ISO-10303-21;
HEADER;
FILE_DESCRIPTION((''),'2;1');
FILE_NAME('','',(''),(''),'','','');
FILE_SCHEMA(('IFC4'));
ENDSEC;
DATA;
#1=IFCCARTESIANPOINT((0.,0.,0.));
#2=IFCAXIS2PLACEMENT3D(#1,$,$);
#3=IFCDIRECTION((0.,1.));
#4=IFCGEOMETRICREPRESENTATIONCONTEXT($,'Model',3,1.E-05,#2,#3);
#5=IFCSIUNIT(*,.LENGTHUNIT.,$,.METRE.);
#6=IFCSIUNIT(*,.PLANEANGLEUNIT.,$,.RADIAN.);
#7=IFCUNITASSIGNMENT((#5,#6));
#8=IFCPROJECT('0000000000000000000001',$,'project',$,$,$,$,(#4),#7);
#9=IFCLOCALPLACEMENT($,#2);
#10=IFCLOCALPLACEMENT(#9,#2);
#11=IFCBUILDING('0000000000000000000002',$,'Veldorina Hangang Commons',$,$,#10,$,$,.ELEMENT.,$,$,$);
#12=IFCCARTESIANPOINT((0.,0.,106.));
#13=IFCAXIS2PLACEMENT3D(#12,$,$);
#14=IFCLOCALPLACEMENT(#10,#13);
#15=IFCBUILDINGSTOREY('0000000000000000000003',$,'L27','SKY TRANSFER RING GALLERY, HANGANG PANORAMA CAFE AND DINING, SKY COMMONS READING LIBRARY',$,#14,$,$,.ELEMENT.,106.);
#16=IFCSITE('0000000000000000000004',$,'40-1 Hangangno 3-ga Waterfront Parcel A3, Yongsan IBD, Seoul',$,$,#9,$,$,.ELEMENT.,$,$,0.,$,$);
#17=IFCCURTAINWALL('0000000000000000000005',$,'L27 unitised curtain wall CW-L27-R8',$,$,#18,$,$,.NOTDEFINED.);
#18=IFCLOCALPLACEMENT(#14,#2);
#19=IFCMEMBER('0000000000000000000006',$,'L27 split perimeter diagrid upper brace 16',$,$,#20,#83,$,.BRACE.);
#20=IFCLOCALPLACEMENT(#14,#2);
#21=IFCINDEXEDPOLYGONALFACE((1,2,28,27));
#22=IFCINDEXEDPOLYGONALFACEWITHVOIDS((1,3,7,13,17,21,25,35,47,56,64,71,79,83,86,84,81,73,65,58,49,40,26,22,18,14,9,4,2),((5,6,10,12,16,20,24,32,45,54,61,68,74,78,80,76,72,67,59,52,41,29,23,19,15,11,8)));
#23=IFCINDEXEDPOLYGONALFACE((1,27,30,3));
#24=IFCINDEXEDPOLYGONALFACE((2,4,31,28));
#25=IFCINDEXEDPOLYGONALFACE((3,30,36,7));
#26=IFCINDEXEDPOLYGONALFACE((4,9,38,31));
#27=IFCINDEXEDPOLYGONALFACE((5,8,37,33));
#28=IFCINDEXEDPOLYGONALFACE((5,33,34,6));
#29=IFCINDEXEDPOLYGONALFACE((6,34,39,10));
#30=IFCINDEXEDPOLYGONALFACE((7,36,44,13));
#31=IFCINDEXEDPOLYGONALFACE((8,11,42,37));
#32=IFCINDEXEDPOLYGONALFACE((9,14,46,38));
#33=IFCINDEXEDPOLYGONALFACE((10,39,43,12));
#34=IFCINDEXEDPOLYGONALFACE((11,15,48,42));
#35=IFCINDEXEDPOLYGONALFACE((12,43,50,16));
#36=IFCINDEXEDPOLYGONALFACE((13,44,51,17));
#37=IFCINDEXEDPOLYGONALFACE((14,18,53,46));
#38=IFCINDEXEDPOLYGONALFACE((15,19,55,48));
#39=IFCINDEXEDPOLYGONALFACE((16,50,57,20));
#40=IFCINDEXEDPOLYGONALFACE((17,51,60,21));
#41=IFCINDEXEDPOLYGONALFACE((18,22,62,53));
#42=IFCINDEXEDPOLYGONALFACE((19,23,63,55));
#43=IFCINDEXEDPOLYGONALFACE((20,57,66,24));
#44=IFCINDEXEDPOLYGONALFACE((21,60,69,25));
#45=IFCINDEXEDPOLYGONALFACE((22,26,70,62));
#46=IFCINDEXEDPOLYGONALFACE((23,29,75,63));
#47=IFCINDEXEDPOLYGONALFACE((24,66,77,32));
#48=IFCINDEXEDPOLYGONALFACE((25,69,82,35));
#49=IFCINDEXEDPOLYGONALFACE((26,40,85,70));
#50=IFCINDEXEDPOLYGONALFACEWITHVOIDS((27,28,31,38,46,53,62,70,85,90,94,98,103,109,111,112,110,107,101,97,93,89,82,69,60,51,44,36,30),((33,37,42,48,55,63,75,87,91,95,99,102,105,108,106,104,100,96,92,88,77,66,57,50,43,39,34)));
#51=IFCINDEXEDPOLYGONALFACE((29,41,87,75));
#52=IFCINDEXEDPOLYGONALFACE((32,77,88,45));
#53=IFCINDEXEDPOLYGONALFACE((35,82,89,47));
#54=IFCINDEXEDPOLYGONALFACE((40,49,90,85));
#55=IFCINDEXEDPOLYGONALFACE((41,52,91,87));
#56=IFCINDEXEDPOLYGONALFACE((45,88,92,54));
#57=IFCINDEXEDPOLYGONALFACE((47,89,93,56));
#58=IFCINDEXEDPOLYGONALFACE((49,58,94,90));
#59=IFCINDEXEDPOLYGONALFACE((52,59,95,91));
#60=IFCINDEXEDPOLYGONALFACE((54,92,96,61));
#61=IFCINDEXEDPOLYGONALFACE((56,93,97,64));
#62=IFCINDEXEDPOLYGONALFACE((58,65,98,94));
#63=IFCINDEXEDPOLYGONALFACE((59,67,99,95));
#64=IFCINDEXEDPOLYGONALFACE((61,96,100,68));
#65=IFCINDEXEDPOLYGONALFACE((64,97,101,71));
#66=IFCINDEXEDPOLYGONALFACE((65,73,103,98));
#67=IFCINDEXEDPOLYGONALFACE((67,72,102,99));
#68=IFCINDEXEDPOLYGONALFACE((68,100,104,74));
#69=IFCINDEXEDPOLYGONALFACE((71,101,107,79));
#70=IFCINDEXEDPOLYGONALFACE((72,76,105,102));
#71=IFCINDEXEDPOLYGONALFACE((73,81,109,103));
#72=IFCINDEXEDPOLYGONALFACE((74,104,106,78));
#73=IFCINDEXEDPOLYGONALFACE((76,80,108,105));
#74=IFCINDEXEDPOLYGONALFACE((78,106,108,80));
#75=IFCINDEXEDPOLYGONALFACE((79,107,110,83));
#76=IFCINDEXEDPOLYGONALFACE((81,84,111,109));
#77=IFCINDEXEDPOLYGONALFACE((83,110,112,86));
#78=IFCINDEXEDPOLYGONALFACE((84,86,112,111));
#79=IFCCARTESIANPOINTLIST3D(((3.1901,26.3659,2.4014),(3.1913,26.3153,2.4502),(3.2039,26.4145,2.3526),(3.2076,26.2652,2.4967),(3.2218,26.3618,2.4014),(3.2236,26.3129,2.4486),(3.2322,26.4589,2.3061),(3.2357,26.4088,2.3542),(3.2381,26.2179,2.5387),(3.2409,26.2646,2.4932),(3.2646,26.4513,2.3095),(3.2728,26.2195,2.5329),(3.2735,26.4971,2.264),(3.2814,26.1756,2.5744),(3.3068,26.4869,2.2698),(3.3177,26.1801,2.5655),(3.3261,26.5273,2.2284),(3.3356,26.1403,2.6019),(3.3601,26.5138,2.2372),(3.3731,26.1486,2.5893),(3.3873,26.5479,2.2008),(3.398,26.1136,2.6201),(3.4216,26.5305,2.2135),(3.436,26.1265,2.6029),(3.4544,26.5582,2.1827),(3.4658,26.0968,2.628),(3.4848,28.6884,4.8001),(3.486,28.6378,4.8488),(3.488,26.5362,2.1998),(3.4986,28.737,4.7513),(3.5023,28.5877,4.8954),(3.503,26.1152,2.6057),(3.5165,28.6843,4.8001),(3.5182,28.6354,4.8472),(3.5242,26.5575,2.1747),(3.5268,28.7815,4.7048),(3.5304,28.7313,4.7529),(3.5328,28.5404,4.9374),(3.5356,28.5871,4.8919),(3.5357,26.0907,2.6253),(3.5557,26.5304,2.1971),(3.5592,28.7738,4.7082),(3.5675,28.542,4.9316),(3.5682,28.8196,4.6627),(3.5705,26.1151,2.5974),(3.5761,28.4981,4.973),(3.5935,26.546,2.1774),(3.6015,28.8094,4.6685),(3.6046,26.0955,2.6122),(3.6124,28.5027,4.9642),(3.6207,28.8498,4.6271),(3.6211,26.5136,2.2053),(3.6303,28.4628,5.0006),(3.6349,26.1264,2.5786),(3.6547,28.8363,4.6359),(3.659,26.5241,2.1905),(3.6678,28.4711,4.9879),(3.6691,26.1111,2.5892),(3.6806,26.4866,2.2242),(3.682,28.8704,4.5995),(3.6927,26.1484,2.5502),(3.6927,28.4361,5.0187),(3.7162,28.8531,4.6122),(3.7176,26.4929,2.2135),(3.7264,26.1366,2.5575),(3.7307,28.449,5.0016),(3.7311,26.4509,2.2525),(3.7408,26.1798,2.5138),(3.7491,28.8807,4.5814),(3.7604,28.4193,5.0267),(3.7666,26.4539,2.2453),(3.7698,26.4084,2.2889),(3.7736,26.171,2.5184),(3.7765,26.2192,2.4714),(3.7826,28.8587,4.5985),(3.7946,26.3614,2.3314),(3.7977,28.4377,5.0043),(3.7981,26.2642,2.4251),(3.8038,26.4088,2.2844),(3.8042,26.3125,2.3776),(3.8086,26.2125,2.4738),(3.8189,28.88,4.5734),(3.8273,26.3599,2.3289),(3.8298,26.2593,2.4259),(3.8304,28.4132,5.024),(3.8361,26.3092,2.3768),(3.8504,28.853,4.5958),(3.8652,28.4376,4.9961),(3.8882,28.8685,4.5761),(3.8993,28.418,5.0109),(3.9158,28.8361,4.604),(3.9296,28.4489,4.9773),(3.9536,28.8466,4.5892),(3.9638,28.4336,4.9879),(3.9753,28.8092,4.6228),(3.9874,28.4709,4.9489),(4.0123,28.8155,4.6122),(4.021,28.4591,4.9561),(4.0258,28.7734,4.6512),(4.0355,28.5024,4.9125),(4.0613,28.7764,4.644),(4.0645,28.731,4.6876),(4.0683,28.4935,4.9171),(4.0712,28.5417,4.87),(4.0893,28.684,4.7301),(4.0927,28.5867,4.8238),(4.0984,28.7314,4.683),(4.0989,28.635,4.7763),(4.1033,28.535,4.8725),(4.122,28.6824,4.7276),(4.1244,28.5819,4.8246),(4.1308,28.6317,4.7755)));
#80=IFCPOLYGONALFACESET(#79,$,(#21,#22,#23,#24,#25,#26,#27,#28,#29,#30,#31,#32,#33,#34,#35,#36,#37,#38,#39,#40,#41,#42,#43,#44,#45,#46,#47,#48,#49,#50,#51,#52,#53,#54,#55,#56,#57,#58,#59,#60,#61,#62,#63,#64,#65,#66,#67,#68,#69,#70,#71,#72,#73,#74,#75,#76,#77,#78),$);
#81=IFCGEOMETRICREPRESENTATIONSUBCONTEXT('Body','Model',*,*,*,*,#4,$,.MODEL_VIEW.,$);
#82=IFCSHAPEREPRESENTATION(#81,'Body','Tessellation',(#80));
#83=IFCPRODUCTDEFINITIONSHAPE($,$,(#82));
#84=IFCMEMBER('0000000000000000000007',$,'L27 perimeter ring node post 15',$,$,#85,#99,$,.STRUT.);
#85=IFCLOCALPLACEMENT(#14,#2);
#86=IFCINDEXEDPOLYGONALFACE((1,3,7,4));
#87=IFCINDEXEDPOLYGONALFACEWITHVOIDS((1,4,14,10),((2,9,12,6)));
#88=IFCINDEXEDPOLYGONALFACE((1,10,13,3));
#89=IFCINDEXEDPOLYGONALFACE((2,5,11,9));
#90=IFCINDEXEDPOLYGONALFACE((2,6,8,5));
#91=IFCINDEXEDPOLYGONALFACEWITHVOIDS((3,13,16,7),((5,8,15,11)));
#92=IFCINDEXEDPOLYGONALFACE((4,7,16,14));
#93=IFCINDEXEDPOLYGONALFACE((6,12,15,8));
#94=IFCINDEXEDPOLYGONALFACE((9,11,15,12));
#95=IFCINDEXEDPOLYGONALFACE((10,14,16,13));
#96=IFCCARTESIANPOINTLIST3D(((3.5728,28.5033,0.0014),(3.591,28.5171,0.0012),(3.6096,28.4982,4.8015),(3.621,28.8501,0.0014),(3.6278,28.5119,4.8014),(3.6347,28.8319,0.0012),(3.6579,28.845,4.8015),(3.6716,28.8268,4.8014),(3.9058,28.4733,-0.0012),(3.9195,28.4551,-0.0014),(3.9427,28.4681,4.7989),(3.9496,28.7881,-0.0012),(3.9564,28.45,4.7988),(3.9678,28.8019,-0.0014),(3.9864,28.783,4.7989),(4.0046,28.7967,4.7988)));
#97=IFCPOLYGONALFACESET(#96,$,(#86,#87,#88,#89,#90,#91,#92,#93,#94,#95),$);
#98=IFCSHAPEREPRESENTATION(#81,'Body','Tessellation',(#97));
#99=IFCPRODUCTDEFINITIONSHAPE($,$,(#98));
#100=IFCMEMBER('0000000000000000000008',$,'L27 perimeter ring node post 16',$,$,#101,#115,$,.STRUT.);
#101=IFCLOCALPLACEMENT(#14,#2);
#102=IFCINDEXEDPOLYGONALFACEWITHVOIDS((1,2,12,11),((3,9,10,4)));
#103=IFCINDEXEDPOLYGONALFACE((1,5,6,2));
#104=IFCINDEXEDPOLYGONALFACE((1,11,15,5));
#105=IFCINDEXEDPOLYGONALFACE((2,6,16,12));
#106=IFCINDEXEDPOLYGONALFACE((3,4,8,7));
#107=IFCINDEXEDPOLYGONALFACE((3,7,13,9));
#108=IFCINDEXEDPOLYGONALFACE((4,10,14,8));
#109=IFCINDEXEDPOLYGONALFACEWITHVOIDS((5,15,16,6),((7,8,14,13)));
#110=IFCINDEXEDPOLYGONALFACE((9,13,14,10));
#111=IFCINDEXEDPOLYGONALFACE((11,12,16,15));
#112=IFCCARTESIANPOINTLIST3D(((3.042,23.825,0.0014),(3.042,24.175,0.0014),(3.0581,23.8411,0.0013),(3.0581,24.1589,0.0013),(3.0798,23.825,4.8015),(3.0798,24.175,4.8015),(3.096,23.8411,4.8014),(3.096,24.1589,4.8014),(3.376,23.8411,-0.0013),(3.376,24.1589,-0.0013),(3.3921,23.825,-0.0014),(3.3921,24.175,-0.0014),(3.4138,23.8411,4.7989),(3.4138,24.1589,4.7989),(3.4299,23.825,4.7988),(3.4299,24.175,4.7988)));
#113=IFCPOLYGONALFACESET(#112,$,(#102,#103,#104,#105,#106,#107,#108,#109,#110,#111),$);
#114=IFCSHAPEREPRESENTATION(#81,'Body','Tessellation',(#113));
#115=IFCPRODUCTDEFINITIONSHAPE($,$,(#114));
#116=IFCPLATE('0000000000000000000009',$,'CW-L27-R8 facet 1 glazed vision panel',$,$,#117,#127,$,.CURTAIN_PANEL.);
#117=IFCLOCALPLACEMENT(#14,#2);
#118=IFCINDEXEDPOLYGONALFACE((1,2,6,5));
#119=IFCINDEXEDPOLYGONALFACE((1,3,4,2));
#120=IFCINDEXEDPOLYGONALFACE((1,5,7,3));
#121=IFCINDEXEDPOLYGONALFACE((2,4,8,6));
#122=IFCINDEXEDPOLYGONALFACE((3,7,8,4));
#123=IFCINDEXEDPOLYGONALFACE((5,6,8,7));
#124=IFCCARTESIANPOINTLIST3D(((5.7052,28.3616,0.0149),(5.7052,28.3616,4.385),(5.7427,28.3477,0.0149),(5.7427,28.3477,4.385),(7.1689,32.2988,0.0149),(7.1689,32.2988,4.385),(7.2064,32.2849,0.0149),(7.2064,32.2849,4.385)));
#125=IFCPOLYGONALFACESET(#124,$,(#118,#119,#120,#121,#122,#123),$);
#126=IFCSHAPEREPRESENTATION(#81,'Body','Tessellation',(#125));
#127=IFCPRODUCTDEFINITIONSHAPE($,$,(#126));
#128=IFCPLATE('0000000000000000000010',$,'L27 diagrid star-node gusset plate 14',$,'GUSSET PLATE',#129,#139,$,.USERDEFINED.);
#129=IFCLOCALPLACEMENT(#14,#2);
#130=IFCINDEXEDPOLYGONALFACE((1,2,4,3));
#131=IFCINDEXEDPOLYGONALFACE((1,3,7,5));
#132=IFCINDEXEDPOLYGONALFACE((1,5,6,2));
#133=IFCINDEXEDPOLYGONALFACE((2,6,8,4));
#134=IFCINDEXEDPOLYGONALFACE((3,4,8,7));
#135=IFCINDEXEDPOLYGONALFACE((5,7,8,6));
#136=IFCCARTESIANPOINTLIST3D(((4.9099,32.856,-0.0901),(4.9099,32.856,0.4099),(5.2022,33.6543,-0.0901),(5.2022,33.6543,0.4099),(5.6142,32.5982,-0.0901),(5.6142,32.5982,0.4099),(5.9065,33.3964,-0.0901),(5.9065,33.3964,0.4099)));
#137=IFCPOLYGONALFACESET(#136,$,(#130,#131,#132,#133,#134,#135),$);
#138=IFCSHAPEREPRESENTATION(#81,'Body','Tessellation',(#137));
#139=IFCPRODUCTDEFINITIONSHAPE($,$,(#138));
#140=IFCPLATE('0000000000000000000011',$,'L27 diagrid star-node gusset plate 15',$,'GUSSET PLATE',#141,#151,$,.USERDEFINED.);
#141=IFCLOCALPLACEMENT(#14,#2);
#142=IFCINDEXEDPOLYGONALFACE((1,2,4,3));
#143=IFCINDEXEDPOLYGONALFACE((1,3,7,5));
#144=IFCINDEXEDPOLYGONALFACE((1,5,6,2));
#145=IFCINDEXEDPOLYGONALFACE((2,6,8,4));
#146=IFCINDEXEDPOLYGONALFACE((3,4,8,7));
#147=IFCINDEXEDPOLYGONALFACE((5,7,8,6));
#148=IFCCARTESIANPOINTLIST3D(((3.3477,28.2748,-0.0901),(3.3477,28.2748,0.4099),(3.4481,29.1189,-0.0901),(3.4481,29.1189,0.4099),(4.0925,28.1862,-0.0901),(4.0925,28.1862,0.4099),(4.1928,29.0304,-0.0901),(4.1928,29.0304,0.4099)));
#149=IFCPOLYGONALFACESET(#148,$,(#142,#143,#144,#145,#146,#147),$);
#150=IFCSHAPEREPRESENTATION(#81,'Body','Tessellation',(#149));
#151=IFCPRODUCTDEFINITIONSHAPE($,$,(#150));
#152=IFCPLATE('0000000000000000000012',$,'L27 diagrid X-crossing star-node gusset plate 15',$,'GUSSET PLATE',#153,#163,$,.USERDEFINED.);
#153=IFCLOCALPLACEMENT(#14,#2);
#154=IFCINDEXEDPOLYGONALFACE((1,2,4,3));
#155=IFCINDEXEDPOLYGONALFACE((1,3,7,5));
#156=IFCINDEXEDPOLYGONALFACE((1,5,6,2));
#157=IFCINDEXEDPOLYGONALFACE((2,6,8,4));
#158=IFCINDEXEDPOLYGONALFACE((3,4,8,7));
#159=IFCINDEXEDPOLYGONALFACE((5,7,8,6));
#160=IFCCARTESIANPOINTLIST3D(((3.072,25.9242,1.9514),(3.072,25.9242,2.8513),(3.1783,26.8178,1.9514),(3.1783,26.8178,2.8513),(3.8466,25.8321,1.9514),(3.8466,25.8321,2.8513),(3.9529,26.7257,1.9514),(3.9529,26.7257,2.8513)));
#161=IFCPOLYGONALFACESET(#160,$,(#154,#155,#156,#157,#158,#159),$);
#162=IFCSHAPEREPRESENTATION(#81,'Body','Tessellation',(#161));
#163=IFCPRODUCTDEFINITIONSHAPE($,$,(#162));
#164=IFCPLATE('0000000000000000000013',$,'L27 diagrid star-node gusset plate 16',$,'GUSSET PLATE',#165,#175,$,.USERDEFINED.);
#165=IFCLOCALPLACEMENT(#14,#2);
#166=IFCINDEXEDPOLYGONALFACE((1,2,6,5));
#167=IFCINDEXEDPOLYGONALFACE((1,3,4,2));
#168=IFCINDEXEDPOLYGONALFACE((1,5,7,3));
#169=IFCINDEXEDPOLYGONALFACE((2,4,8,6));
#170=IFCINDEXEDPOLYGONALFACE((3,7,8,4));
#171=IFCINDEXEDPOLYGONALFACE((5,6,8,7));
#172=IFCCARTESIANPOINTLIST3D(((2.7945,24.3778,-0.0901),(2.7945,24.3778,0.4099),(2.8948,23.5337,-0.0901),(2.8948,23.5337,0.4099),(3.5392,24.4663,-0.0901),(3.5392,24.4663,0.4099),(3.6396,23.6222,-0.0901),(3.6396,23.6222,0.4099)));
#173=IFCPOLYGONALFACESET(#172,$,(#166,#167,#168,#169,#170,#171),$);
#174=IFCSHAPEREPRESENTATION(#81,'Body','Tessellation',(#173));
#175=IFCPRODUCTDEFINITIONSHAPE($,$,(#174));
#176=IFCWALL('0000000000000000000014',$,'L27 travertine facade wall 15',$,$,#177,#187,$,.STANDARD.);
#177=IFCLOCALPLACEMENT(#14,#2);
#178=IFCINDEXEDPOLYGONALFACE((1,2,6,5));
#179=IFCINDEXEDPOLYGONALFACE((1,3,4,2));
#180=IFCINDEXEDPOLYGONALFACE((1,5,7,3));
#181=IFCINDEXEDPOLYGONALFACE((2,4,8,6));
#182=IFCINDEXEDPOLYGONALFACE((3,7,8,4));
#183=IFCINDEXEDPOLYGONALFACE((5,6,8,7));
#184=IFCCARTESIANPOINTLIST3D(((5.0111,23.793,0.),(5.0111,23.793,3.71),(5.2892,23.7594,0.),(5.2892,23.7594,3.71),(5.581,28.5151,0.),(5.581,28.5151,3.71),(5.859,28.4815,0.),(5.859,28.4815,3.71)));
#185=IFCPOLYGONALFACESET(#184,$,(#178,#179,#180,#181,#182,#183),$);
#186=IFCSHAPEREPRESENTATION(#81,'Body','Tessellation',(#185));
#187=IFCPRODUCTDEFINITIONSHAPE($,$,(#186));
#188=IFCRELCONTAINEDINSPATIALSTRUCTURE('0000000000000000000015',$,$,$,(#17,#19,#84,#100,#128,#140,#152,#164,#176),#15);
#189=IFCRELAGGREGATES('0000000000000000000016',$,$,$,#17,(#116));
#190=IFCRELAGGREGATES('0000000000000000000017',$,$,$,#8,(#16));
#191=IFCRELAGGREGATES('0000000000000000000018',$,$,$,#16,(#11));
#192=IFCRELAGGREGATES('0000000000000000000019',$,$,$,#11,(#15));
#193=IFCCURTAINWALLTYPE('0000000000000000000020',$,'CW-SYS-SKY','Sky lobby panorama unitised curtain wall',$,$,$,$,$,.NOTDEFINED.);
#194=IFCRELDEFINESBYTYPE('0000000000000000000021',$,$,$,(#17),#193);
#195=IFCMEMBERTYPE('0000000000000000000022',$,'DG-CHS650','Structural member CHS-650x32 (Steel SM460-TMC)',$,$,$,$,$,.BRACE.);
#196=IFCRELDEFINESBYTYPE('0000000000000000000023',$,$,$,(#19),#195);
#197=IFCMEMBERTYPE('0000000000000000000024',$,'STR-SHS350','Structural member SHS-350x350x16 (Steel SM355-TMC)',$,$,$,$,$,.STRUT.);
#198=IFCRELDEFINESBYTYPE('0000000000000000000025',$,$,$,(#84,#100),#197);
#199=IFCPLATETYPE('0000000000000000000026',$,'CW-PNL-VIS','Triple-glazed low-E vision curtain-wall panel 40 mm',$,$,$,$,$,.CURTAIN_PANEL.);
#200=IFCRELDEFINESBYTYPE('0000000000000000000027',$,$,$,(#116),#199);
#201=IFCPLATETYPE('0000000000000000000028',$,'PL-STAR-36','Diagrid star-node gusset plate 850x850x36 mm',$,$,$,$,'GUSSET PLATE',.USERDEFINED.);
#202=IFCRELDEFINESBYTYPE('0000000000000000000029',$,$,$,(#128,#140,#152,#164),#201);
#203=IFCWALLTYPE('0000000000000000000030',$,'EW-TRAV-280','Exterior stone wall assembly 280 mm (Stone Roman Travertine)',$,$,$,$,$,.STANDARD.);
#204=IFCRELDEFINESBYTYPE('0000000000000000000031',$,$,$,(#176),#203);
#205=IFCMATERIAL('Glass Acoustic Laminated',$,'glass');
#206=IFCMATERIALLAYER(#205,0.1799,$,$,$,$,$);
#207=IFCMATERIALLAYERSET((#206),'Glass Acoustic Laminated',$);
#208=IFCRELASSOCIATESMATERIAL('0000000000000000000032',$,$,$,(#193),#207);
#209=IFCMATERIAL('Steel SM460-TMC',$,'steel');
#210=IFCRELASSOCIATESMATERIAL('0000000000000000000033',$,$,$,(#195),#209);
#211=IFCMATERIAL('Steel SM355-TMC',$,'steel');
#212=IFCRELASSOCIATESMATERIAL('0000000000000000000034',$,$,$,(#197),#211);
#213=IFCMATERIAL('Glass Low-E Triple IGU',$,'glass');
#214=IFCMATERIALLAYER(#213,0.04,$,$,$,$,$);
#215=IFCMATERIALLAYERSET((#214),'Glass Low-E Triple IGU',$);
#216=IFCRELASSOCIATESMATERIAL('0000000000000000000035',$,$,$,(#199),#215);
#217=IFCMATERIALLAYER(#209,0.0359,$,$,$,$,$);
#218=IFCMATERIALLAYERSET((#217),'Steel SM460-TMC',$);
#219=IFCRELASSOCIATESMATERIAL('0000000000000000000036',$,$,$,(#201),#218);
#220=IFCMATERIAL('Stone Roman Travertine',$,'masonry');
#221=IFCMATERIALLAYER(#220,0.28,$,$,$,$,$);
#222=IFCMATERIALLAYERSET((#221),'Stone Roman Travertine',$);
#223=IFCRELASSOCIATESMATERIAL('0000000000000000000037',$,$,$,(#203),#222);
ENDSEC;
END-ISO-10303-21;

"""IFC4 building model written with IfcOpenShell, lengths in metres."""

from ifc_helpers import new_model, si_unit, direction, frame, frame_2d, origin, origin_2d, place, context, subcontext, project, spatial, rectangle, hollow_rectangle, hollow_circle, extrude, material, layer, layer_set, material_profile, profile_set, type_object, element, aggregate, save


model = new_model("IFC4")

# Units and contexts
model_context = context("Model", 3, precision=1e-05, world=origin(), true_north=direction((0.0, 1.0)))
body_context = subcontext(model_context, "Body", "Model", "MODEL_VIEW")
ifc_project = project(units=[si_unit("LENGTHUNIT", "METRE"), si_unit("PLANEANGLEUNIT", "RADIAN")], contexts=[model_context])

# Site, building, storey
site_placement = place(None, origin())
site = spatial("IfcSite", under=ifc_project, at=site_placement, Name="40-1 Hangangno 3-ga Waterfront Parcel A3, Yongsan IBD, Seoul", CompositionType="ELEMENT", RefElevation=0.0)
building_placement = place(site_placement, origin())
building = spatial("IfcBuilding", under=site, at=building_placement, Name="Veldorina Hangang Commons", CompositionType="ELEMENT")
storey_placement = place(building_placement, frame((0.0, 0.0, 106.0)))
storey = spatial("IfcBuildingStorey", under=building, at=storey_placement, Name="L27", Description="SKY TRANSFER RING GALLERY, HANGANG PANORAMA CAFE AND DINING, SKY COMMONS READING LIBRARY", CompositionType="ELEMENT", Elevation=106.0)

# Shared definitions
ifc_material_1 = material(Name="Steel SM355-TMC", Category="steel")

# Curtain wall
ifc_material_2 = material(Name="Glass Acoustic Laminated", Category="glass")
ifc_layer_1 = layer(ifc_material_2, 0.1799)
ifc_layer_set_1 = layer_set([ifc_layer_1], Name="Glass Acoustic Laminated")
curtain_wall_type = type_object("IfcCurtainWallType", Name="CW-SYS-SKY", Description="Sky lobby panorama unitised curtain wall", PredefinedType="NOTDEFINED", material=ifc_layer_set_1)
curtain_wall_1_placement = place(storey_placement, origin())
curtain_wall_1 = element("IfcCurtainWall", 1, at=curtain_wall_1_placement, inside=storey, type_object=curtain_wall_type, Name="L27 unitised curtain wall CW-L27-R8", PredefinedType="NOTDEFINED")

# Members
ifc_material_3 = material(Name="Steel SM460-TMC", Category="steel")
ifc_material_profile_1 = material_profile(ifc_material_3, hollow_circle(Radius=0.325, WallThickness=0.032, at=origin_2d()), Name="CHS-650x32")
ifc_profile_set_1 = profile_set([ifc_material_profile_1], Name="Steel SM460-TMC")
member_type_1 = type_object("IfcMemberType", Name="DG-CHS650", Description="Structural member CHS-650x32 (Steel SM460-TMC)", PredefinedType="BRACE", material=ifc_profile_set_1)
member_1_placement = place(storey_placement, frame((3.5125, 26.325, 2.4014), z_axis=(0.087916, 0.692914, 0.71564), x_axis=(-0.992047, 0.12587, 0.0)))
element("IfcMember", 2, at=member_1_placement, inside=storey, type_object=member_type_1, Name="L27 split perimeter diagrid upper brace 16", PredefinedType="BRACE", context=body_context, shape_type="SweptSolid", body=[
    extrude(hollow_circle(Radius=0.325, WallThickness=0.032, at=origin_2d()), origin(), (0.0, 0.0, 1.0), 3.3518),
])
ifc_material_profile_2 = material_profile(ifc_material_1, hollow_rectangle(XDim=0.3501, YDim=0.3501, WallThickness=0.0161, at=origin_2d()), Name="SHS-350x350x16")
ifc_profile_set_2 = profile_set([ifc_material_profile_2], Name="Steel SM355-TMC")
member_type_2 = type_object("IfcMemberType", Name="STR-SHS350", Description="Structural member SHS-350x350x16 (Steel SM355-TMC)", PredefinedType="STRUT", material=ifc_profile_set_2)
for number, where, z_axis, x_axis, name in (
    (3, (3.7703, 28.6526, 0.0), (0.00768, -0.001068, 0.99997), (0.137747, 0.990467, 0.0), "L27 perimeter ring node post 15"),
    (4, (3.217, 24.0, 0.0), (0.007883, 0.0, 0.999969), (0.0, 1.0, 0.0), "L27 perimeter ring node post 16"),
):
    element("IfcMember", number, at=place(storey_placement, frame(where, z_axis=z_axis, x_axis=x_axis)), inside=storey, type_object=member_type_2, Name=name, PredefinedType="STRUT", context=body_context, shape_type="SweptSolid", body=[
        extrude(hollow_rectangle(XDim=0.3501, YDim=0.3501, WallThickness=0.0161, at=origin_2d()), origin(), (0.0, 0.0, 1.0), 4.8003),
    ])

# Plate
ifc_material_4 = material(Name="Glass Low-E Triple IGU", Category="glass")
ifc_layer_2 = layer(ifc_material_4, 0.04)
ifc_layer_set_2 = layer_set([ifc_layer_2], Name="Glass Low-E Triple IGU")
plate_type_1 = type_object("IfcPlateType", Name="CW-PNL-VIS", Description="Triple-glazed low-E vision curtain-wall panel 40 mm", PredefinedType="CURTAIN_PANEL", material=ifc_layer_set_2)
plate_1_placement = place(storey_placement, frame((6.4558, 30.3232, 0.0149), z_axis=(0.0, 0.0, 1.0), x_axis=(-0.348458, -0.937325, 0.0)))
plate_1 = element("IfcPlate", 5, at=plate_1_placement, type_object=plate_type_1, Name="CW-L27-R8 facet 1 glazed vision panel", PredefinedType="CURTAIN_PANEL", context=body_context, shape_type="SweptSolid", body=[
    extrude(rectangle(XDim=4.2004, YDim=0.04, at=origin_2d()), origin(), (0.0, 0.0, 1.0), 4.3701),
])
aggregate(curtain_wall_1, [plate_1])

# Plates
ifc_layer_3 = layer(ifc_material_3, 0.0359)
ifc_layer_set_3 = layer_set([ifc_layer_3], Name="Steel SM460-TMC")
plate_type_2 = type_object("IfcPlateType", Name="PL-STAR-36", Description="Diagrid star-node gusset plate 850x850x36 mm", ElementType="GUSSET PLATE", PredefinedType="USERDEFINED", material=ifc_layer_set_3)
for number, where, z_axis, x_axis, name in (
    (6, (5.4082, 33.1262, -0.0901), (0.0, 0.0, 1.0), (-0.343791, -0.939046, 0.0), "L27 diagrid star-node gusset plate 14"),
    (7, (3.7703, 28.6526, -0.0901), (0.0, 0.0, 1.0), (-0.118057, -0.993007, 0.0), "L27 diagrid star-node gusset plate 15"),
):
    element("IfcPlate", number, at=place(storey_placement, frame(where, z_axis=z_axis, x_axis=x_axis)), inside=storey, type_object=plate_type_2, Name=name, ObjectType="GUSSET PLATE", PredefinedType="USERDEFINED", context=body_context, shape_type="SweptSolid", body=[
        extrude(rectangle(XDim=0.8501, YDim=0.75, at=origin_2d()), origin(), (0.0, 0.0, 1.0), 0.5),
    ])
plate_2_placement = place(storey_placement, frame((3.5125, 26.325, 1.9514), z_axis=(0.0, 0.0, 1.0), x_axis=(-0.118057, -0.993007, 0.0)))
element("IfcPlate", 8, at=plate_2_placement, inside=storey, type_object=plate_type_2, Name="L27 diagrid X-crossing star-node gusset plate 15", ObjectType="GUSSET PLATE", PredefinedType="USERDEFINED", context=body_context, shape_type="SweptSolid", body=[
    extrude(rectangle(XDim=0.8999, YDim=0.78, at=origin_2d()), origin(), (0.0, 0.0, 1.0), 0.8999),
])
plate_3_placement = place(storey_placement, frame((3.217, 24.0, -0.0901), z_axis=(0.0, 0.0, 1.0), x_axis=(0.118057, -0.993007, 0.0)))
element("IfcPlate", 9, at=plate_3_placement, inside=storey, type_object=plate_type_2, Name="L27 diagrid star-node gusset plate 16", ObjectType="GUSSET PLATE", PredefinedType="USERDEFINED", context=body_context, shape_type="SweptSolid", body=[
    extrude(rectangle(XDim=0.8501, YDim=0.75, at=origin_2d()), origin(), (0.0, 0.0, 1.0), 0.5),
])

# Wall
ifc_material_5 = material(Name="Stone Roman Travertine", Category="masonry")
ifc_layer_4 = layer(ifc_material_5, 0.28)
ifc_layer_set_4 = layer_set([ifc_layer_4], Name="Stone Roman Travertine")
wall_type_1 = type_object("IfcWallType", Name="EW-TRAV-280", Description="Exterior stone wall assembly 280 mm (Stone Roman Travertine)", PredefinedType="STANDARD", material=ifc_layer_set_4)
wall_1_placement = place(storey_placement, frame((5.72, 28.4983, 0.0), z_axis=(0.0, 0.0, 1.0), x_axis=(-0.119801, -0.992798, 0.0)))
element("IfcWall", 10, at=wall_1_placement, inside=storey, type_object=wall_type_1, Name="L27 travertine facade wall 15", PredefinedType="STANDARD", context=body_context, shape_type="SweptSolid", body=[
    extrude(rectangle(XDim=4.7563, YDim=0.28, at=frame_2d((2.3782, 0.0))), origin(), (0.0, 0.0, 1.0), 3.71),
])

save(model, "model.ifc")
